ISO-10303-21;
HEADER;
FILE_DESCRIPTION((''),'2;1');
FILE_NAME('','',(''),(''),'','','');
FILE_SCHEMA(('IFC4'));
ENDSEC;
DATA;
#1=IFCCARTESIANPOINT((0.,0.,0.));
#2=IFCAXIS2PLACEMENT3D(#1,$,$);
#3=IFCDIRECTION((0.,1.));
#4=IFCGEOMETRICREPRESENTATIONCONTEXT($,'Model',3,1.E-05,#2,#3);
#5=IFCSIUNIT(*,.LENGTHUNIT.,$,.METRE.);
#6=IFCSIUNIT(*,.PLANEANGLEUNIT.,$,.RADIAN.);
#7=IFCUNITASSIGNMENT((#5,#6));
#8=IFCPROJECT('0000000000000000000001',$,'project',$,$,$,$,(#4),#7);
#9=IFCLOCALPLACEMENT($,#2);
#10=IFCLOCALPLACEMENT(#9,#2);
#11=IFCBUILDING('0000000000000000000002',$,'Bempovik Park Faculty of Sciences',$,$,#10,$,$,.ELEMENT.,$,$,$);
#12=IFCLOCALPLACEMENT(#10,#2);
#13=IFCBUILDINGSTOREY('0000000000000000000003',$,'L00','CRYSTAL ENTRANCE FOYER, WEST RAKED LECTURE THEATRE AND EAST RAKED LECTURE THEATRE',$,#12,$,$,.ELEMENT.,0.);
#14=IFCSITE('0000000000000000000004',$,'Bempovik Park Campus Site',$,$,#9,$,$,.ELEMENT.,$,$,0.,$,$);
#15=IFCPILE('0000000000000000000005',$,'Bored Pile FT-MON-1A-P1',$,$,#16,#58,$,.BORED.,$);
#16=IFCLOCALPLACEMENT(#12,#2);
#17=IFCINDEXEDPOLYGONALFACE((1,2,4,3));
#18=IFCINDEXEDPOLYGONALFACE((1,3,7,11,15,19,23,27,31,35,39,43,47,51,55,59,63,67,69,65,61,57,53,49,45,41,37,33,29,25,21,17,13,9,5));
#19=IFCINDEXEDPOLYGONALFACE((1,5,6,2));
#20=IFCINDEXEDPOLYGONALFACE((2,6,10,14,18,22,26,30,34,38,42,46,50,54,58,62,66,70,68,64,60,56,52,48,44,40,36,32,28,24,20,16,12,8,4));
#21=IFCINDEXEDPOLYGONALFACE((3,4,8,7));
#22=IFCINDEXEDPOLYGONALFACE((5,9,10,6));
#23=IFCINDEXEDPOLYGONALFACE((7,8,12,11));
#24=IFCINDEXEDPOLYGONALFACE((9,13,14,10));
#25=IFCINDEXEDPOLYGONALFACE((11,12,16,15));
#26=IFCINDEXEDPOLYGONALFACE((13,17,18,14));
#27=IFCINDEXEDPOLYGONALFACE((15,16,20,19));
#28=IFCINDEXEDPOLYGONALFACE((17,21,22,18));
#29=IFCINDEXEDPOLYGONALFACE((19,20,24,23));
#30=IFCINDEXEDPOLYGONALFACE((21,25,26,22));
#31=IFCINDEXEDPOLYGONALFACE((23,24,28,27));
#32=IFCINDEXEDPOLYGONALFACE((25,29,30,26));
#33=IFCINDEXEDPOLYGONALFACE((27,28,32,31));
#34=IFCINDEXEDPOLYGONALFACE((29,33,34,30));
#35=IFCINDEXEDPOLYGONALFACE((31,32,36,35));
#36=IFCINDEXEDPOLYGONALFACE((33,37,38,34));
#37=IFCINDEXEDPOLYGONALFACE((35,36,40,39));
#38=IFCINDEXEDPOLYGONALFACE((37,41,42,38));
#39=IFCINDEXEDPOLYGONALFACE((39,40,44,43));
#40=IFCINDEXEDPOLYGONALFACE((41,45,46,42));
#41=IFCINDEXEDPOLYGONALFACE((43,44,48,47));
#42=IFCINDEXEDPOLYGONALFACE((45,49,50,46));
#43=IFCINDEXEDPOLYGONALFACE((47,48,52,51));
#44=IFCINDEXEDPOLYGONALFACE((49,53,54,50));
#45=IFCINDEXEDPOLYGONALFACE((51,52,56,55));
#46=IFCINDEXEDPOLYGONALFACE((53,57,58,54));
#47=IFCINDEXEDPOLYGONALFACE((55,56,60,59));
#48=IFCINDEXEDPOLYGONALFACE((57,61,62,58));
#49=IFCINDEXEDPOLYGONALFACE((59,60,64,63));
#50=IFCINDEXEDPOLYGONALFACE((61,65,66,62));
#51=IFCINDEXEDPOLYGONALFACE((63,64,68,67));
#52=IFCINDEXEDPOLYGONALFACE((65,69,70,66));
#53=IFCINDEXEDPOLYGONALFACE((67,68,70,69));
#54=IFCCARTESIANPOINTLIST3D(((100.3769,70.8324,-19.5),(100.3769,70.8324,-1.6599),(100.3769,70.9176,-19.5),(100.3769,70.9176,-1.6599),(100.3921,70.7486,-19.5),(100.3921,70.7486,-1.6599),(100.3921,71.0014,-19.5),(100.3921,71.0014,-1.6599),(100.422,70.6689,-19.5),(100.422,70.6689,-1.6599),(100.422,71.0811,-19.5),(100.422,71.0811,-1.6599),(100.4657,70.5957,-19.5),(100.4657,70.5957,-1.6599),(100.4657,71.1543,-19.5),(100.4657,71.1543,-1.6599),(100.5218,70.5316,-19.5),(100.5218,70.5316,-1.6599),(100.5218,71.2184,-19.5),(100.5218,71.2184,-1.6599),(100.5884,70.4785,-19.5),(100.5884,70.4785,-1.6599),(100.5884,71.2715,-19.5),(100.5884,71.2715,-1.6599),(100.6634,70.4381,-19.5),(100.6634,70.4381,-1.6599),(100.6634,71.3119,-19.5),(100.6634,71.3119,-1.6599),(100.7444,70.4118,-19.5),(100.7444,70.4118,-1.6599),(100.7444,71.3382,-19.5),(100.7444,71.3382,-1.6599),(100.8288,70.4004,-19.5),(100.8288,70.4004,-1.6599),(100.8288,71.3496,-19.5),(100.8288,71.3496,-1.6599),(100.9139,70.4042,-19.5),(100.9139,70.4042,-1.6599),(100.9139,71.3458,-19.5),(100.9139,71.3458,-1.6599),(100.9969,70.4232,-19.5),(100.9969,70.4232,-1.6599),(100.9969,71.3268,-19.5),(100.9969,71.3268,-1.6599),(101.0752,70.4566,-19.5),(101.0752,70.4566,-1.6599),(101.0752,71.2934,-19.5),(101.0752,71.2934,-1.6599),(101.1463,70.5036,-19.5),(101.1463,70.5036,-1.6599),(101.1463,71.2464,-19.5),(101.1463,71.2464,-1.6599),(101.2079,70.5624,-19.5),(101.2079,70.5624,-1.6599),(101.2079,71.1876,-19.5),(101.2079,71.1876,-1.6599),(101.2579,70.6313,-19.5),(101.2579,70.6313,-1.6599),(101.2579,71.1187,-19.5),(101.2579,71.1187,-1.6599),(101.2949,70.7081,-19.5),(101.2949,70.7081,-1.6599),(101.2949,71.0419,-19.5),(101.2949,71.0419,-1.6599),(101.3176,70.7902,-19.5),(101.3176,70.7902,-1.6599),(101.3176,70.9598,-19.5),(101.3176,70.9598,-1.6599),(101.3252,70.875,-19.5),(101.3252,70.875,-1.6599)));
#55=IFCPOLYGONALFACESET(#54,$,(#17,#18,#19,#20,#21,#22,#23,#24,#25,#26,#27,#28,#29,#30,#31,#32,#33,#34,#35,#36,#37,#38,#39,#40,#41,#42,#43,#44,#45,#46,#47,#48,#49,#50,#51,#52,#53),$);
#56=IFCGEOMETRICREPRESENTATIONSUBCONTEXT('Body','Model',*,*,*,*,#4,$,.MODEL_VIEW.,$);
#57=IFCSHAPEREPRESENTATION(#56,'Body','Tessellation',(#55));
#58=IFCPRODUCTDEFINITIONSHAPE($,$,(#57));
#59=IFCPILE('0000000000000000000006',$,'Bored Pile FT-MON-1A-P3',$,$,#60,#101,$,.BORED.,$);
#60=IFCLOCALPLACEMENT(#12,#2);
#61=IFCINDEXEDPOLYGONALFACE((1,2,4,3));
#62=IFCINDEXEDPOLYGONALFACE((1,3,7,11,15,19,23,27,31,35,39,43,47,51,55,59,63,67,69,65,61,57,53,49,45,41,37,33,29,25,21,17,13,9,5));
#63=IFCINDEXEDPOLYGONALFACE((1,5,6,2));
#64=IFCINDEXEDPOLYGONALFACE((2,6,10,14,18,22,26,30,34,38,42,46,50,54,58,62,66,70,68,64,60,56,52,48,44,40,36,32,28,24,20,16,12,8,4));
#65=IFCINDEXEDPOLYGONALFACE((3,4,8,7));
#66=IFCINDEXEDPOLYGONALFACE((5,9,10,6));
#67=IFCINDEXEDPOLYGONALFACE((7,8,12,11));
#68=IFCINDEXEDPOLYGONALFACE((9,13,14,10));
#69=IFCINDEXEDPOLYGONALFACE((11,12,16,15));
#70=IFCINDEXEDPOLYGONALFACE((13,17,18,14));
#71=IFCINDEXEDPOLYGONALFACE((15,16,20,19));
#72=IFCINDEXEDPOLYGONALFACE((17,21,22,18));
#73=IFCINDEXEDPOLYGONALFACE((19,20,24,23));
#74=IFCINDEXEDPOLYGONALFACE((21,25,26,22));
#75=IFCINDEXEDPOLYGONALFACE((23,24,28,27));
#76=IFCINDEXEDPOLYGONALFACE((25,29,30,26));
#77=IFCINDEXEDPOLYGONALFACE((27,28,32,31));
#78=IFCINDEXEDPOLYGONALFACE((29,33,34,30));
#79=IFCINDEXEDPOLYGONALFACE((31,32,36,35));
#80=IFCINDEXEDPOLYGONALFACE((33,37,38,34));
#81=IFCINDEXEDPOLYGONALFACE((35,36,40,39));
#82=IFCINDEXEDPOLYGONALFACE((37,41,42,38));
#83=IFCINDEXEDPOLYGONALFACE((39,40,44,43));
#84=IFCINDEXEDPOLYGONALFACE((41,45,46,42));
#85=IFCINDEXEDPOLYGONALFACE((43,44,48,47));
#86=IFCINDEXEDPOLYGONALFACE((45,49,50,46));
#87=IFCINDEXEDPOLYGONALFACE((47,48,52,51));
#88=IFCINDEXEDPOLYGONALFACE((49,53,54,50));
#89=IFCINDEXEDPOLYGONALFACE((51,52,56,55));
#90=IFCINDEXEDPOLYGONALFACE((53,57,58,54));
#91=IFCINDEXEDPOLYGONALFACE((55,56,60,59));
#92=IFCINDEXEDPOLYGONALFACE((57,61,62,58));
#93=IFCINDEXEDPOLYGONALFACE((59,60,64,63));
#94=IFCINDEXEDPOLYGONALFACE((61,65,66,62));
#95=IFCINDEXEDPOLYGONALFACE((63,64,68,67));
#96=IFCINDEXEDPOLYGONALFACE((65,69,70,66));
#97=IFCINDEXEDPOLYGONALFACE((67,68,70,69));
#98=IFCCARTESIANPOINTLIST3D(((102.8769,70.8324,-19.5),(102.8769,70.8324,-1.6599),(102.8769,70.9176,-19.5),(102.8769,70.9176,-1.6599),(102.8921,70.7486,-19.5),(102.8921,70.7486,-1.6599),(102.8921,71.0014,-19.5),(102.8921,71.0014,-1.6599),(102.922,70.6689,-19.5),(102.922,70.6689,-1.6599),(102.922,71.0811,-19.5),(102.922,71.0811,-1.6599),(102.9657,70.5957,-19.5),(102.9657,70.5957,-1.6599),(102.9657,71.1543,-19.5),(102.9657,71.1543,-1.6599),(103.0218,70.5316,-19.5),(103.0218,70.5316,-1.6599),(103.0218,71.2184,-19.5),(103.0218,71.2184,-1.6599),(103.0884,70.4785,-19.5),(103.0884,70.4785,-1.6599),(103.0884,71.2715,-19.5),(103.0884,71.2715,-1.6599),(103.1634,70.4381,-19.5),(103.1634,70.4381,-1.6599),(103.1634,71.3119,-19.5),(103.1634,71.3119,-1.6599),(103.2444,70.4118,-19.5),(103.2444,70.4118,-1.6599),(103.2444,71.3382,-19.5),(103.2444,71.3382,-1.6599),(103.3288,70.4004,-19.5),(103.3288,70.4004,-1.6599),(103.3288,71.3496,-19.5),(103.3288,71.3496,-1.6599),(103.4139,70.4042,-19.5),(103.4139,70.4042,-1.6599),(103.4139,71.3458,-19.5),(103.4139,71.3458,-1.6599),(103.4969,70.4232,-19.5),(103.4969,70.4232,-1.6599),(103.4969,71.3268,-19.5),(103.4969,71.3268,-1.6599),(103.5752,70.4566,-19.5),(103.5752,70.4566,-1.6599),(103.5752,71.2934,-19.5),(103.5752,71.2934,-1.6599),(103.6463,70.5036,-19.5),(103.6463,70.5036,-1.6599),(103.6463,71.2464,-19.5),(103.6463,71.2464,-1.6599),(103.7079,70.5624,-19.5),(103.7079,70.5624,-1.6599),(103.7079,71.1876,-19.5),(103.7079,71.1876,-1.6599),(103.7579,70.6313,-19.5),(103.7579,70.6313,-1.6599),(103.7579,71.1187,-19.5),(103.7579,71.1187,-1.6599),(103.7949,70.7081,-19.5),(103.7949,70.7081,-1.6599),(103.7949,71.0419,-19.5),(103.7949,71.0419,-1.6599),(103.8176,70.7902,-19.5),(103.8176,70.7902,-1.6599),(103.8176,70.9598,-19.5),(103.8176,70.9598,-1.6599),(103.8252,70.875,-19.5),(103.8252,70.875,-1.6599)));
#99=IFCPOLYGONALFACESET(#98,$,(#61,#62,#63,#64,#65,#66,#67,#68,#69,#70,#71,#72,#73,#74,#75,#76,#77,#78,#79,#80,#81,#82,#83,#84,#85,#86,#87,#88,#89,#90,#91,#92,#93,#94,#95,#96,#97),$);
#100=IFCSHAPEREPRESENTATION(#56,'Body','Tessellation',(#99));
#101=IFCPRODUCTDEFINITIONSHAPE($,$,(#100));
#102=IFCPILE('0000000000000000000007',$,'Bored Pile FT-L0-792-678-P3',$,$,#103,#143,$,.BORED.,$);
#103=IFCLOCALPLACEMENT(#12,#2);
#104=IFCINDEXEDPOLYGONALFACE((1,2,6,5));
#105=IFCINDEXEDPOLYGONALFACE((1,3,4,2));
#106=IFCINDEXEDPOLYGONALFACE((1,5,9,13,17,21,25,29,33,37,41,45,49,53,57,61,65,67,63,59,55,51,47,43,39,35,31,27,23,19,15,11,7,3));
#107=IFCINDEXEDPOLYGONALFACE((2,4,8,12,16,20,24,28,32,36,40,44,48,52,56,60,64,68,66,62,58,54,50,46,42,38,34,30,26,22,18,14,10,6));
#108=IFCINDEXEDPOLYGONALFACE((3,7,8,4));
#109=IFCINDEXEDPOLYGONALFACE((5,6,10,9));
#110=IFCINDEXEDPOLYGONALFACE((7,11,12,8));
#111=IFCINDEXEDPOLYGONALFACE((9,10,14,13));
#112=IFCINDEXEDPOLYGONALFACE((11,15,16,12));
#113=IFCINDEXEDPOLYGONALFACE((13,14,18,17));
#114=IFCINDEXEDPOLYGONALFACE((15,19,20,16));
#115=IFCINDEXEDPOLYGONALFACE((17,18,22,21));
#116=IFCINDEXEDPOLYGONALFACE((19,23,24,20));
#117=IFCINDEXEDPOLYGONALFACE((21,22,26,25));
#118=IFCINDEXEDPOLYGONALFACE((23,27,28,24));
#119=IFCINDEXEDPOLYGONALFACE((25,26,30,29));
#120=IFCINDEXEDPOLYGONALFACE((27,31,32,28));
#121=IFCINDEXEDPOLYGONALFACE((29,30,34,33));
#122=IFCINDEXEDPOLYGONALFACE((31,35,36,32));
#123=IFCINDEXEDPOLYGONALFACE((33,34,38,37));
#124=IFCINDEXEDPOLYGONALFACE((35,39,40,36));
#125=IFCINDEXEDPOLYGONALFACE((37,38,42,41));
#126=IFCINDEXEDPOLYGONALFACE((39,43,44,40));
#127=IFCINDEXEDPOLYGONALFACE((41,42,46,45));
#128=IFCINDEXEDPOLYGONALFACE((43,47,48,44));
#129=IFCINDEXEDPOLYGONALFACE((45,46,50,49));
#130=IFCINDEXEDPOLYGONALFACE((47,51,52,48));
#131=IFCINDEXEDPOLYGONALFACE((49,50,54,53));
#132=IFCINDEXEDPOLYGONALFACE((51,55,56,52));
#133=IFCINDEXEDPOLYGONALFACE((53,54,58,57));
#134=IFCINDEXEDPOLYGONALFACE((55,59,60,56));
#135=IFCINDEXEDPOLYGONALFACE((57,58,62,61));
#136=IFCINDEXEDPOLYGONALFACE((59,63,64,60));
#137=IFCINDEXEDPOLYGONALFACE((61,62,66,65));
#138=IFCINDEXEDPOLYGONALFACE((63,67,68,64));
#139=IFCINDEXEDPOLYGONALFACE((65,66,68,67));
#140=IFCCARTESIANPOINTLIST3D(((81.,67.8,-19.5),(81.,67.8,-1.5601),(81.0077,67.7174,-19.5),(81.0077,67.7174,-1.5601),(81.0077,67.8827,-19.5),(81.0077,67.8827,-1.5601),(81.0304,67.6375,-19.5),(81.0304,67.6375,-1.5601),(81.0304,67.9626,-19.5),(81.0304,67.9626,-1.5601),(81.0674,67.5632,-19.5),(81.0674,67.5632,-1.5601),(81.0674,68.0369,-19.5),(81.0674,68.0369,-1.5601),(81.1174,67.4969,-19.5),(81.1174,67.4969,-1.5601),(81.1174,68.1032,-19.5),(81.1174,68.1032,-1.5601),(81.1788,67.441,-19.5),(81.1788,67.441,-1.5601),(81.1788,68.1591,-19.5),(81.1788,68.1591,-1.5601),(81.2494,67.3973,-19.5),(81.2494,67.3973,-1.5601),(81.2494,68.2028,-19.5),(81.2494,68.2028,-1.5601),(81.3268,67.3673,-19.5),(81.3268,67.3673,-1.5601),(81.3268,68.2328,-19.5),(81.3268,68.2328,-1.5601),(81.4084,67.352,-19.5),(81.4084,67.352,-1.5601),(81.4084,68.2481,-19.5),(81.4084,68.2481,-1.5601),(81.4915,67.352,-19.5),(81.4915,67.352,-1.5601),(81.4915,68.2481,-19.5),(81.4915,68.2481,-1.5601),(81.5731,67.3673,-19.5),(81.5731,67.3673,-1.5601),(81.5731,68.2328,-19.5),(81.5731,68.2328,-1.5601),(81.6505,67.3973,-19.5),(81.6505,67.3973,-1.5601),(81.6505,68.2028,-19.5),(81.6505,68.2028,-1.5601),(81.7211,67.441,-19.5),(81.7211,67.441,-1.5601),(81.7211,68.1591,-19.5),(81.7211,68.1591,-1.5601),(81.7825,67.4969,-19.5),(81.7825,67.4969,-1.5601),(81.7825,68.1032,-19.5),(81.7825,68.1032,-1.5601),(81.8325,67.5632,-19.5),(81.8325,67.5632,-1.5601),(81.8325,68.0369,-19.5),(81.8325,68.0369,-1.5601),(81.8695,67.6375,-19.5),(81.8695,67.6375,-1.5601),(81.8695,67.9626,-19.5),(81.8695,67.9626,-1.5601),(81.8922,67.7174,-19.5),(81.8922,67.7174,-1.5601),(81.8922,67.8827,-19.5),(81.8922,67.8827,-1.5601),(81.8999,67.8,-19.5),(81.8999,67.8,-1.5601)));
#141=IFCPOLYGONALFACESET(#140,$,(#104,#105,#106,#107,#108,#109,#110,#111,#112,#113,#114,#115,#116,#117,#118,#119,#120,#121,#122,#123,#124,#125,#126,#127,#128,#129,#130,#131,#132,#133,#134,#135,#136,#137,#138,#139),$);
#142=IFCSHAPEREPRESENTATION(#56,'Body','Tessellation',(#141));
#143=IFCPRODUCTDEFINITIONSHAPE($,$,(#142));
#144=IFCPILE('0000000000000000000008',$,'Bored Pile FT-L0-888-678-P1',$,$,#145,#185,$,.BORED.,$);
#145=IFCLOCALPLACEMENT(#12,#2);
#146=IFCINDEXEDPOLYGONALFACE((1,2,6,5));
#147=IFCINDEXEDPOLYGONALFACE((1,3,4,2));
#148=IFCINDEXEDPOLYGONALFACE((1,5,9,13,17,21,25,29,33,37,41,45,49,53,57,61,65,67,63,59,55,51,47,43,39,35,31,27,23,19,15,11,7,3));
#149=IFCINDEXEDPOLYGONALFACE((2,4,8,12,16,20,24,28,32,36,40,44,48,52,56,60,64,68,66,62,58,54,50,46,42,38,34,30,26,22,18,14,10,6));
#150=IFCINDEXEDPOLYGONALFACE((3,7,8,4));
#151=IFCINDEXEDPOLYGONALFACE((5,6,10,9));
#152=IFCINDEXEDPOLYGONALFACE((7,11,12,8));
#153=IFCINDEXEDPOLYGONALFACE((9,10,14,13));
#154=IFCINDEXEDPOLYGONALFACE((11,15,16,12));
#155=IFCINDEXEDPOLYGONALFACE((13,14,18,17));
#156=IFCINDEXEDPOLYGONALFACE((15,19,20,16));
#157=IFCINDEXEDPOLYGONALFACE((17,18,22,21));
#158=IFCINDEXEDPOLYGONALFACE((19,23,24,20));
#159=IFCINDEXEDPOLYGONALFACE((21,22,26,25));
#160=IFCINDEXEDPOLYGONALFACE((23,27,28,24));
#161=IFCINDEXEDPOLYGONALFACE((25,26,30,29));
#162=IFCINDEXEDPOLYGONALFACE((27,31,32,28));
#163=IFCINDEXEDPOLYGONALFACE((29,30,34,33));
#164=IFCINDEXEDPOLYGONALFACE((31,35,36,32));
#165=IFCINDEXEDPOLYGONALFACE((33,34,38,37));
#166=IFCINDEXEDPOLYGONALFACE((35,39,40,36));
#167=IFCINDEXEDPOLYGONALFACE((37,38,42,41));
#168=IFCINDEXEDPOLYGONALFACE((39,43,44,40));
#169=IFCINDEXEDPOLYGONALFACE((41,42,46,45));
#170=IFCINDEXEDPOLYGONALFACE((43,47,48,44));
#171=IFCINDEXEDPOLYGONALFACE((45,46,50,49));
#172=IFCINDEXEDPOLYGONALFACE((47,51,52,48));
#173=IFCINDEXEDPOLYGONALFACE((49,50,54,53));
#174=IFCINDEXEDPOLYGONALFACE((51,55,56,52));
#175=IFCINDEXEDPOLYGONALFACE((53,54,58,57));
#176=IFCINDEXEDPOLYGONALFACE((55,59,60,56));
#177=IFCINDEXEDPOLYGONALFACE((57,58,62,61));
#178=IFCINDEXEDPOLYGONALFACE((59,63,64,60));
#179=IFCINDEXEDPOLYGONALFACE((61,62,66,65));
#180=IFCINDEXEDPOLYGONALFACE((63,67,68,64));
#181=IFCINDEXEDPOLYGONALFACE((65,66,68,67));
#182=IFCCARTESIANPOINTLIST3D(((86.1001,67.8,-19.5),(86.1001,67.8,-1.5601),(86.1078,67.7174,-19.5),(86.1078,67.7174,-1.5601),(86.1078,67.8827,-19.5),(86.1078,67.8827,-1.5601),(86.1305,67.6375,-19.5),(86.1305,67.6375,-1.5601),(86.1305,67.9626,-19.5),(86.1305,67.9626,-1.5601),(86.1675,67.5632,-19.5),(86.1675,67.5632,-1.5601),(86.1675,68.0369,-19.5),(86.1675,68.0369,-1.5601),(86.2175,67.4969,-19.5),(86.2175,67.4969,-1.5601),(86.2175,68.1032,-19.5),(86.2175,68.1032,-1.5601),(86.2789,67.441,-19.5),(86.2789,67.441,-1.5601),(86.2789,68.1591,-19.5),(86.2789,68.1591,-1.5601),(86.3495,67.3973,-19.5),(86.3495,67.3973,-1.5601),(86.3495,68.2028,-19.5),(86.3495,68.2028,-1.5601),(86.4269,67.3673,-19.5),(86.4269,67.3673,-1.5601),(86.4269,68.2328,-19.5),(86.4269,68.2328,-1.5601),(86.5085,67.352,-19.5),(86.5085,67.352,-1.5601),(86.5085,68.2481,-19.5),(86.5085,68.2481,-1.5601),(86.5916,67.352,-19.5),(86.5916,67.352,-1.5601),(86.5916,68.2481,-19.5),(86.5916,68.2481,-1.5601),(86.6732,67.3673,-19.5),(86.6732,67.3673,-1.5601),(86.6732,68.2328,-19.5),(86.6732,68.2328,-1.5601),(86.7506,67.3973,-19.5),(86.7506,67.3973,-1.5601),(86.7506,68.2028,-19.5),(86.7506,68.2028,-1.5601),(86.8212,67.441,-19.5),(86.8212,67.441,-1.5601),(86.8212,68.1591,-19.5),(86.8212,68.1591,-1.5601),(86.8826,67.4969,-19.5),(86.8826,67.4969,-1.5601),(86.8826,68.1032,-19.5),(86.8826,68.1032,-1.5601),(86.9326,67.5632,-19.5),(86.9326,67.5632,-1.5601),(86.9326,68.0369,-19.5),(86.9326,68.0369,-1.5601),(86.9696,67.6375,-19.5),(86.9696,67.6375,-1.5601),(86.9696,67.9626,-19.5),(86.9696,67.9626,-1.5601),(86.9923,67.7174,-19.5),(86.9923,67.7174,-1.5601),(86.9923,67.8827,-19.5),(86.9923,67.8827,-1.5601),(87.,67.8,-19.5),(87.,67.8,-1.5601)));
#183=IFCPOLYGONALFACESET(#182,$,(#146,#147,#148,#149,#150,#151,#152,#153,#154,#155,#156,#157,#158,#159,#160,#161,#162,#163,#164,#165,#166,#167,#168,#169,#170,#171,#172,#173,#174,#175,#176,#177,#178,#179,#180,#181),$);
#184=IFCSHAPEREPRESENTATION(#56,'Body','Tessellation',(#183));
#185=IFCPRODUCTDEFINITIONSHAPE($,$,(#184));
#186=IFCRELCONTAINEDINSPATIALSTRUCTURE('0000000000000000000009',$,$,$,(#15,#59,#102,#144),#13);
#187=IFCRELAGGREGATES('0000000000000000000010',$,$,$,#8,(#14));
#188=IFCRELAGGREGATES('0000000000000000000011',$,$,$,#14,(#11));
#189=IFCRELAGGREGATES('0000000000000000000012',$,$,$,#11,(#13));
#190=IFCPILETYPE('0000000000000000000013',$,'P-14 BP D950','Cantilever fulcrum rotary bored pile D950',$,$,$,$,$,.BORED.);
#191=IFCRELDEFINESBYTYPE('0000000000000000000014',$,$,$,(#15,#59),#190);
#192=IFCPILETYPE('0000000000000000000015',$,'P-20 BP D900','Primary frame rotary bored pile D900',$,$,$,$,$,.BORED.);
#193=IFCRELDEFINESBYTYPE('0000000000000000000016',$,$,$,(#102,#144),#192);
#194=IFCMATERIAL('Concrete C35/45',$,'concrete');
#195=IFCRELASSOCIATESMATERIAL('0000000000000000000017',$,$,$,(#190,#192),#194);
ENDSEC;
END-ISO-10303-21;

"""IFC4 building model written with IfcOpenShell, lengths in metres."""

from ifc_helpers import new_model, si_unit, direction, frame, origin, origin_2d, place, context, subcontext, project, spatial, circle, extrude, material, material_profile, profile_set, type_object, element, save


model = new_model("IFC4")

# Units and contexts
model_context = context("Model", 3, precision=1e-05, world=origin(), true_north=direction((0.0, 1.0)))
body_context = subcontext(model_context, "Body", "Model", "MODEL_VIEW")
ifc_project = project(units=[si_unit("LENGTHUNIT", "METRE"), si_unit("PLANEANGLEUNIT", "RADIAN")], contexts=[model_context])

# Site, building, storey
site_placement = place(None, origin())
site = spatial("IfcSite", under=ifc_project, at=site_placement, Name="Bempovik Park Campus Site", CompositionType="ELEMENT", RefElevation=0.0)
building_placement = place(site_placement, origin())
building = spatial("IfcBuilding", under=site, at=building_placement, Name="Bempovik Park Faculty of Sciences", CompositionType="ELEMENT")
storey_placement = place(building_placement, origin())
storey = spatial("IfcBuildingStorey", under=building, at=storey_placement, Name="L00", Description="CRYSTAL ENTRANCE FOYER, WEST RAKED LECTURE THEATRE AND EAST RAKED LECTURE THEATRE", CompositionType="ELEMENT", Elevation=0.0)

# Shared definitions
ifc_material_1 = material(Name="Concrete C35/45", Category="concrete")

# Piles
ifc_material_profile_1 = material_profile(ifc_material_1, circle(Radius=0.4751, at=origin_2d()), Name="BP D950")
ifc_profile_set_1 = profile_set([ifc_material_profile_1], Name="Concrete C35/45")
pile_type_1 = type_object("IfcPileType", Name="P-14 BP D950", Description="Cantilever fulcrum rotary bored pile D950", PredefinedType="BORED", material=ifc_profile_set_1)
for number, where, z_axis, x_axis, name in (
    (1, (100.8501, 70.875, -1.6599), (0.0, 0.0, -1.0), (1.0, 0.0, 0.0), "Bored Pile FT-MON-1A-P1"),
    (2, (103.3501, 70.875, -1.6599), (0.0, 0.0, -1.0), (1.0, 0.0, 0.0), "Bored Pile FT-MON-1A-P3"),
):
    element("IfcPile", number, at=place(storey_placement, frame(where, z_axis=z_axis, x_axis=x_axis)), inside=storey, type_object=pile_type_1, Name=name, PredefinedType="BORED", context=body_context, shape_type="SweptSolid", body=[
        extrude(circle(Radius=0.4751, at=origin_2d()), origin(), (0.0, 0.0, 1.0), 17.8401),
    ])
ifc_material_profile_2 = material_profile(ifc_material_1, circle(Radius=0.45, at=origin_2d()), Name="BP D900")
ifc_profile_set_2 = profile_set([ifc_material_profile_2], Name="Concrete C35/45")
pile_type_2 = type_object("IfcPileType", Name="P-20 BP D900", Description="Primary frame rotary bored pile D900", PredefinedType="BORED", material=ifc_profile_set_2)
for number, where, z_axis, x_axis, name in (
    (3, (81.45, 67.8, -1.5601), (0.0, 0.0, -1.0), (1.0, 0.0, 0.0), "Bored Pile FT-L0-792-678-P3"),
    (4, (86.55, 67.8, -1.5601), (0.0, 0.0, -1.0), (1.0, 0.0, 0.0), "Bored Pile FT-L0-888-678-P1"),
):
    element("IfcPile", number, at=place(storey_placement, frame(where, z_axis=z_axis, x_axis=x_axis)), inside=storey, type_object=pile_type_2, Name=name, PredefinedType="BORED", context=body_context, shape_type="SweptSolid", body=[
        extrude(circle(Radius=0.45, at=origin_2d()), origin(), (0.0, 0.0, 1.0), 17.9399),
    ])

save(model, "model.ifc")
